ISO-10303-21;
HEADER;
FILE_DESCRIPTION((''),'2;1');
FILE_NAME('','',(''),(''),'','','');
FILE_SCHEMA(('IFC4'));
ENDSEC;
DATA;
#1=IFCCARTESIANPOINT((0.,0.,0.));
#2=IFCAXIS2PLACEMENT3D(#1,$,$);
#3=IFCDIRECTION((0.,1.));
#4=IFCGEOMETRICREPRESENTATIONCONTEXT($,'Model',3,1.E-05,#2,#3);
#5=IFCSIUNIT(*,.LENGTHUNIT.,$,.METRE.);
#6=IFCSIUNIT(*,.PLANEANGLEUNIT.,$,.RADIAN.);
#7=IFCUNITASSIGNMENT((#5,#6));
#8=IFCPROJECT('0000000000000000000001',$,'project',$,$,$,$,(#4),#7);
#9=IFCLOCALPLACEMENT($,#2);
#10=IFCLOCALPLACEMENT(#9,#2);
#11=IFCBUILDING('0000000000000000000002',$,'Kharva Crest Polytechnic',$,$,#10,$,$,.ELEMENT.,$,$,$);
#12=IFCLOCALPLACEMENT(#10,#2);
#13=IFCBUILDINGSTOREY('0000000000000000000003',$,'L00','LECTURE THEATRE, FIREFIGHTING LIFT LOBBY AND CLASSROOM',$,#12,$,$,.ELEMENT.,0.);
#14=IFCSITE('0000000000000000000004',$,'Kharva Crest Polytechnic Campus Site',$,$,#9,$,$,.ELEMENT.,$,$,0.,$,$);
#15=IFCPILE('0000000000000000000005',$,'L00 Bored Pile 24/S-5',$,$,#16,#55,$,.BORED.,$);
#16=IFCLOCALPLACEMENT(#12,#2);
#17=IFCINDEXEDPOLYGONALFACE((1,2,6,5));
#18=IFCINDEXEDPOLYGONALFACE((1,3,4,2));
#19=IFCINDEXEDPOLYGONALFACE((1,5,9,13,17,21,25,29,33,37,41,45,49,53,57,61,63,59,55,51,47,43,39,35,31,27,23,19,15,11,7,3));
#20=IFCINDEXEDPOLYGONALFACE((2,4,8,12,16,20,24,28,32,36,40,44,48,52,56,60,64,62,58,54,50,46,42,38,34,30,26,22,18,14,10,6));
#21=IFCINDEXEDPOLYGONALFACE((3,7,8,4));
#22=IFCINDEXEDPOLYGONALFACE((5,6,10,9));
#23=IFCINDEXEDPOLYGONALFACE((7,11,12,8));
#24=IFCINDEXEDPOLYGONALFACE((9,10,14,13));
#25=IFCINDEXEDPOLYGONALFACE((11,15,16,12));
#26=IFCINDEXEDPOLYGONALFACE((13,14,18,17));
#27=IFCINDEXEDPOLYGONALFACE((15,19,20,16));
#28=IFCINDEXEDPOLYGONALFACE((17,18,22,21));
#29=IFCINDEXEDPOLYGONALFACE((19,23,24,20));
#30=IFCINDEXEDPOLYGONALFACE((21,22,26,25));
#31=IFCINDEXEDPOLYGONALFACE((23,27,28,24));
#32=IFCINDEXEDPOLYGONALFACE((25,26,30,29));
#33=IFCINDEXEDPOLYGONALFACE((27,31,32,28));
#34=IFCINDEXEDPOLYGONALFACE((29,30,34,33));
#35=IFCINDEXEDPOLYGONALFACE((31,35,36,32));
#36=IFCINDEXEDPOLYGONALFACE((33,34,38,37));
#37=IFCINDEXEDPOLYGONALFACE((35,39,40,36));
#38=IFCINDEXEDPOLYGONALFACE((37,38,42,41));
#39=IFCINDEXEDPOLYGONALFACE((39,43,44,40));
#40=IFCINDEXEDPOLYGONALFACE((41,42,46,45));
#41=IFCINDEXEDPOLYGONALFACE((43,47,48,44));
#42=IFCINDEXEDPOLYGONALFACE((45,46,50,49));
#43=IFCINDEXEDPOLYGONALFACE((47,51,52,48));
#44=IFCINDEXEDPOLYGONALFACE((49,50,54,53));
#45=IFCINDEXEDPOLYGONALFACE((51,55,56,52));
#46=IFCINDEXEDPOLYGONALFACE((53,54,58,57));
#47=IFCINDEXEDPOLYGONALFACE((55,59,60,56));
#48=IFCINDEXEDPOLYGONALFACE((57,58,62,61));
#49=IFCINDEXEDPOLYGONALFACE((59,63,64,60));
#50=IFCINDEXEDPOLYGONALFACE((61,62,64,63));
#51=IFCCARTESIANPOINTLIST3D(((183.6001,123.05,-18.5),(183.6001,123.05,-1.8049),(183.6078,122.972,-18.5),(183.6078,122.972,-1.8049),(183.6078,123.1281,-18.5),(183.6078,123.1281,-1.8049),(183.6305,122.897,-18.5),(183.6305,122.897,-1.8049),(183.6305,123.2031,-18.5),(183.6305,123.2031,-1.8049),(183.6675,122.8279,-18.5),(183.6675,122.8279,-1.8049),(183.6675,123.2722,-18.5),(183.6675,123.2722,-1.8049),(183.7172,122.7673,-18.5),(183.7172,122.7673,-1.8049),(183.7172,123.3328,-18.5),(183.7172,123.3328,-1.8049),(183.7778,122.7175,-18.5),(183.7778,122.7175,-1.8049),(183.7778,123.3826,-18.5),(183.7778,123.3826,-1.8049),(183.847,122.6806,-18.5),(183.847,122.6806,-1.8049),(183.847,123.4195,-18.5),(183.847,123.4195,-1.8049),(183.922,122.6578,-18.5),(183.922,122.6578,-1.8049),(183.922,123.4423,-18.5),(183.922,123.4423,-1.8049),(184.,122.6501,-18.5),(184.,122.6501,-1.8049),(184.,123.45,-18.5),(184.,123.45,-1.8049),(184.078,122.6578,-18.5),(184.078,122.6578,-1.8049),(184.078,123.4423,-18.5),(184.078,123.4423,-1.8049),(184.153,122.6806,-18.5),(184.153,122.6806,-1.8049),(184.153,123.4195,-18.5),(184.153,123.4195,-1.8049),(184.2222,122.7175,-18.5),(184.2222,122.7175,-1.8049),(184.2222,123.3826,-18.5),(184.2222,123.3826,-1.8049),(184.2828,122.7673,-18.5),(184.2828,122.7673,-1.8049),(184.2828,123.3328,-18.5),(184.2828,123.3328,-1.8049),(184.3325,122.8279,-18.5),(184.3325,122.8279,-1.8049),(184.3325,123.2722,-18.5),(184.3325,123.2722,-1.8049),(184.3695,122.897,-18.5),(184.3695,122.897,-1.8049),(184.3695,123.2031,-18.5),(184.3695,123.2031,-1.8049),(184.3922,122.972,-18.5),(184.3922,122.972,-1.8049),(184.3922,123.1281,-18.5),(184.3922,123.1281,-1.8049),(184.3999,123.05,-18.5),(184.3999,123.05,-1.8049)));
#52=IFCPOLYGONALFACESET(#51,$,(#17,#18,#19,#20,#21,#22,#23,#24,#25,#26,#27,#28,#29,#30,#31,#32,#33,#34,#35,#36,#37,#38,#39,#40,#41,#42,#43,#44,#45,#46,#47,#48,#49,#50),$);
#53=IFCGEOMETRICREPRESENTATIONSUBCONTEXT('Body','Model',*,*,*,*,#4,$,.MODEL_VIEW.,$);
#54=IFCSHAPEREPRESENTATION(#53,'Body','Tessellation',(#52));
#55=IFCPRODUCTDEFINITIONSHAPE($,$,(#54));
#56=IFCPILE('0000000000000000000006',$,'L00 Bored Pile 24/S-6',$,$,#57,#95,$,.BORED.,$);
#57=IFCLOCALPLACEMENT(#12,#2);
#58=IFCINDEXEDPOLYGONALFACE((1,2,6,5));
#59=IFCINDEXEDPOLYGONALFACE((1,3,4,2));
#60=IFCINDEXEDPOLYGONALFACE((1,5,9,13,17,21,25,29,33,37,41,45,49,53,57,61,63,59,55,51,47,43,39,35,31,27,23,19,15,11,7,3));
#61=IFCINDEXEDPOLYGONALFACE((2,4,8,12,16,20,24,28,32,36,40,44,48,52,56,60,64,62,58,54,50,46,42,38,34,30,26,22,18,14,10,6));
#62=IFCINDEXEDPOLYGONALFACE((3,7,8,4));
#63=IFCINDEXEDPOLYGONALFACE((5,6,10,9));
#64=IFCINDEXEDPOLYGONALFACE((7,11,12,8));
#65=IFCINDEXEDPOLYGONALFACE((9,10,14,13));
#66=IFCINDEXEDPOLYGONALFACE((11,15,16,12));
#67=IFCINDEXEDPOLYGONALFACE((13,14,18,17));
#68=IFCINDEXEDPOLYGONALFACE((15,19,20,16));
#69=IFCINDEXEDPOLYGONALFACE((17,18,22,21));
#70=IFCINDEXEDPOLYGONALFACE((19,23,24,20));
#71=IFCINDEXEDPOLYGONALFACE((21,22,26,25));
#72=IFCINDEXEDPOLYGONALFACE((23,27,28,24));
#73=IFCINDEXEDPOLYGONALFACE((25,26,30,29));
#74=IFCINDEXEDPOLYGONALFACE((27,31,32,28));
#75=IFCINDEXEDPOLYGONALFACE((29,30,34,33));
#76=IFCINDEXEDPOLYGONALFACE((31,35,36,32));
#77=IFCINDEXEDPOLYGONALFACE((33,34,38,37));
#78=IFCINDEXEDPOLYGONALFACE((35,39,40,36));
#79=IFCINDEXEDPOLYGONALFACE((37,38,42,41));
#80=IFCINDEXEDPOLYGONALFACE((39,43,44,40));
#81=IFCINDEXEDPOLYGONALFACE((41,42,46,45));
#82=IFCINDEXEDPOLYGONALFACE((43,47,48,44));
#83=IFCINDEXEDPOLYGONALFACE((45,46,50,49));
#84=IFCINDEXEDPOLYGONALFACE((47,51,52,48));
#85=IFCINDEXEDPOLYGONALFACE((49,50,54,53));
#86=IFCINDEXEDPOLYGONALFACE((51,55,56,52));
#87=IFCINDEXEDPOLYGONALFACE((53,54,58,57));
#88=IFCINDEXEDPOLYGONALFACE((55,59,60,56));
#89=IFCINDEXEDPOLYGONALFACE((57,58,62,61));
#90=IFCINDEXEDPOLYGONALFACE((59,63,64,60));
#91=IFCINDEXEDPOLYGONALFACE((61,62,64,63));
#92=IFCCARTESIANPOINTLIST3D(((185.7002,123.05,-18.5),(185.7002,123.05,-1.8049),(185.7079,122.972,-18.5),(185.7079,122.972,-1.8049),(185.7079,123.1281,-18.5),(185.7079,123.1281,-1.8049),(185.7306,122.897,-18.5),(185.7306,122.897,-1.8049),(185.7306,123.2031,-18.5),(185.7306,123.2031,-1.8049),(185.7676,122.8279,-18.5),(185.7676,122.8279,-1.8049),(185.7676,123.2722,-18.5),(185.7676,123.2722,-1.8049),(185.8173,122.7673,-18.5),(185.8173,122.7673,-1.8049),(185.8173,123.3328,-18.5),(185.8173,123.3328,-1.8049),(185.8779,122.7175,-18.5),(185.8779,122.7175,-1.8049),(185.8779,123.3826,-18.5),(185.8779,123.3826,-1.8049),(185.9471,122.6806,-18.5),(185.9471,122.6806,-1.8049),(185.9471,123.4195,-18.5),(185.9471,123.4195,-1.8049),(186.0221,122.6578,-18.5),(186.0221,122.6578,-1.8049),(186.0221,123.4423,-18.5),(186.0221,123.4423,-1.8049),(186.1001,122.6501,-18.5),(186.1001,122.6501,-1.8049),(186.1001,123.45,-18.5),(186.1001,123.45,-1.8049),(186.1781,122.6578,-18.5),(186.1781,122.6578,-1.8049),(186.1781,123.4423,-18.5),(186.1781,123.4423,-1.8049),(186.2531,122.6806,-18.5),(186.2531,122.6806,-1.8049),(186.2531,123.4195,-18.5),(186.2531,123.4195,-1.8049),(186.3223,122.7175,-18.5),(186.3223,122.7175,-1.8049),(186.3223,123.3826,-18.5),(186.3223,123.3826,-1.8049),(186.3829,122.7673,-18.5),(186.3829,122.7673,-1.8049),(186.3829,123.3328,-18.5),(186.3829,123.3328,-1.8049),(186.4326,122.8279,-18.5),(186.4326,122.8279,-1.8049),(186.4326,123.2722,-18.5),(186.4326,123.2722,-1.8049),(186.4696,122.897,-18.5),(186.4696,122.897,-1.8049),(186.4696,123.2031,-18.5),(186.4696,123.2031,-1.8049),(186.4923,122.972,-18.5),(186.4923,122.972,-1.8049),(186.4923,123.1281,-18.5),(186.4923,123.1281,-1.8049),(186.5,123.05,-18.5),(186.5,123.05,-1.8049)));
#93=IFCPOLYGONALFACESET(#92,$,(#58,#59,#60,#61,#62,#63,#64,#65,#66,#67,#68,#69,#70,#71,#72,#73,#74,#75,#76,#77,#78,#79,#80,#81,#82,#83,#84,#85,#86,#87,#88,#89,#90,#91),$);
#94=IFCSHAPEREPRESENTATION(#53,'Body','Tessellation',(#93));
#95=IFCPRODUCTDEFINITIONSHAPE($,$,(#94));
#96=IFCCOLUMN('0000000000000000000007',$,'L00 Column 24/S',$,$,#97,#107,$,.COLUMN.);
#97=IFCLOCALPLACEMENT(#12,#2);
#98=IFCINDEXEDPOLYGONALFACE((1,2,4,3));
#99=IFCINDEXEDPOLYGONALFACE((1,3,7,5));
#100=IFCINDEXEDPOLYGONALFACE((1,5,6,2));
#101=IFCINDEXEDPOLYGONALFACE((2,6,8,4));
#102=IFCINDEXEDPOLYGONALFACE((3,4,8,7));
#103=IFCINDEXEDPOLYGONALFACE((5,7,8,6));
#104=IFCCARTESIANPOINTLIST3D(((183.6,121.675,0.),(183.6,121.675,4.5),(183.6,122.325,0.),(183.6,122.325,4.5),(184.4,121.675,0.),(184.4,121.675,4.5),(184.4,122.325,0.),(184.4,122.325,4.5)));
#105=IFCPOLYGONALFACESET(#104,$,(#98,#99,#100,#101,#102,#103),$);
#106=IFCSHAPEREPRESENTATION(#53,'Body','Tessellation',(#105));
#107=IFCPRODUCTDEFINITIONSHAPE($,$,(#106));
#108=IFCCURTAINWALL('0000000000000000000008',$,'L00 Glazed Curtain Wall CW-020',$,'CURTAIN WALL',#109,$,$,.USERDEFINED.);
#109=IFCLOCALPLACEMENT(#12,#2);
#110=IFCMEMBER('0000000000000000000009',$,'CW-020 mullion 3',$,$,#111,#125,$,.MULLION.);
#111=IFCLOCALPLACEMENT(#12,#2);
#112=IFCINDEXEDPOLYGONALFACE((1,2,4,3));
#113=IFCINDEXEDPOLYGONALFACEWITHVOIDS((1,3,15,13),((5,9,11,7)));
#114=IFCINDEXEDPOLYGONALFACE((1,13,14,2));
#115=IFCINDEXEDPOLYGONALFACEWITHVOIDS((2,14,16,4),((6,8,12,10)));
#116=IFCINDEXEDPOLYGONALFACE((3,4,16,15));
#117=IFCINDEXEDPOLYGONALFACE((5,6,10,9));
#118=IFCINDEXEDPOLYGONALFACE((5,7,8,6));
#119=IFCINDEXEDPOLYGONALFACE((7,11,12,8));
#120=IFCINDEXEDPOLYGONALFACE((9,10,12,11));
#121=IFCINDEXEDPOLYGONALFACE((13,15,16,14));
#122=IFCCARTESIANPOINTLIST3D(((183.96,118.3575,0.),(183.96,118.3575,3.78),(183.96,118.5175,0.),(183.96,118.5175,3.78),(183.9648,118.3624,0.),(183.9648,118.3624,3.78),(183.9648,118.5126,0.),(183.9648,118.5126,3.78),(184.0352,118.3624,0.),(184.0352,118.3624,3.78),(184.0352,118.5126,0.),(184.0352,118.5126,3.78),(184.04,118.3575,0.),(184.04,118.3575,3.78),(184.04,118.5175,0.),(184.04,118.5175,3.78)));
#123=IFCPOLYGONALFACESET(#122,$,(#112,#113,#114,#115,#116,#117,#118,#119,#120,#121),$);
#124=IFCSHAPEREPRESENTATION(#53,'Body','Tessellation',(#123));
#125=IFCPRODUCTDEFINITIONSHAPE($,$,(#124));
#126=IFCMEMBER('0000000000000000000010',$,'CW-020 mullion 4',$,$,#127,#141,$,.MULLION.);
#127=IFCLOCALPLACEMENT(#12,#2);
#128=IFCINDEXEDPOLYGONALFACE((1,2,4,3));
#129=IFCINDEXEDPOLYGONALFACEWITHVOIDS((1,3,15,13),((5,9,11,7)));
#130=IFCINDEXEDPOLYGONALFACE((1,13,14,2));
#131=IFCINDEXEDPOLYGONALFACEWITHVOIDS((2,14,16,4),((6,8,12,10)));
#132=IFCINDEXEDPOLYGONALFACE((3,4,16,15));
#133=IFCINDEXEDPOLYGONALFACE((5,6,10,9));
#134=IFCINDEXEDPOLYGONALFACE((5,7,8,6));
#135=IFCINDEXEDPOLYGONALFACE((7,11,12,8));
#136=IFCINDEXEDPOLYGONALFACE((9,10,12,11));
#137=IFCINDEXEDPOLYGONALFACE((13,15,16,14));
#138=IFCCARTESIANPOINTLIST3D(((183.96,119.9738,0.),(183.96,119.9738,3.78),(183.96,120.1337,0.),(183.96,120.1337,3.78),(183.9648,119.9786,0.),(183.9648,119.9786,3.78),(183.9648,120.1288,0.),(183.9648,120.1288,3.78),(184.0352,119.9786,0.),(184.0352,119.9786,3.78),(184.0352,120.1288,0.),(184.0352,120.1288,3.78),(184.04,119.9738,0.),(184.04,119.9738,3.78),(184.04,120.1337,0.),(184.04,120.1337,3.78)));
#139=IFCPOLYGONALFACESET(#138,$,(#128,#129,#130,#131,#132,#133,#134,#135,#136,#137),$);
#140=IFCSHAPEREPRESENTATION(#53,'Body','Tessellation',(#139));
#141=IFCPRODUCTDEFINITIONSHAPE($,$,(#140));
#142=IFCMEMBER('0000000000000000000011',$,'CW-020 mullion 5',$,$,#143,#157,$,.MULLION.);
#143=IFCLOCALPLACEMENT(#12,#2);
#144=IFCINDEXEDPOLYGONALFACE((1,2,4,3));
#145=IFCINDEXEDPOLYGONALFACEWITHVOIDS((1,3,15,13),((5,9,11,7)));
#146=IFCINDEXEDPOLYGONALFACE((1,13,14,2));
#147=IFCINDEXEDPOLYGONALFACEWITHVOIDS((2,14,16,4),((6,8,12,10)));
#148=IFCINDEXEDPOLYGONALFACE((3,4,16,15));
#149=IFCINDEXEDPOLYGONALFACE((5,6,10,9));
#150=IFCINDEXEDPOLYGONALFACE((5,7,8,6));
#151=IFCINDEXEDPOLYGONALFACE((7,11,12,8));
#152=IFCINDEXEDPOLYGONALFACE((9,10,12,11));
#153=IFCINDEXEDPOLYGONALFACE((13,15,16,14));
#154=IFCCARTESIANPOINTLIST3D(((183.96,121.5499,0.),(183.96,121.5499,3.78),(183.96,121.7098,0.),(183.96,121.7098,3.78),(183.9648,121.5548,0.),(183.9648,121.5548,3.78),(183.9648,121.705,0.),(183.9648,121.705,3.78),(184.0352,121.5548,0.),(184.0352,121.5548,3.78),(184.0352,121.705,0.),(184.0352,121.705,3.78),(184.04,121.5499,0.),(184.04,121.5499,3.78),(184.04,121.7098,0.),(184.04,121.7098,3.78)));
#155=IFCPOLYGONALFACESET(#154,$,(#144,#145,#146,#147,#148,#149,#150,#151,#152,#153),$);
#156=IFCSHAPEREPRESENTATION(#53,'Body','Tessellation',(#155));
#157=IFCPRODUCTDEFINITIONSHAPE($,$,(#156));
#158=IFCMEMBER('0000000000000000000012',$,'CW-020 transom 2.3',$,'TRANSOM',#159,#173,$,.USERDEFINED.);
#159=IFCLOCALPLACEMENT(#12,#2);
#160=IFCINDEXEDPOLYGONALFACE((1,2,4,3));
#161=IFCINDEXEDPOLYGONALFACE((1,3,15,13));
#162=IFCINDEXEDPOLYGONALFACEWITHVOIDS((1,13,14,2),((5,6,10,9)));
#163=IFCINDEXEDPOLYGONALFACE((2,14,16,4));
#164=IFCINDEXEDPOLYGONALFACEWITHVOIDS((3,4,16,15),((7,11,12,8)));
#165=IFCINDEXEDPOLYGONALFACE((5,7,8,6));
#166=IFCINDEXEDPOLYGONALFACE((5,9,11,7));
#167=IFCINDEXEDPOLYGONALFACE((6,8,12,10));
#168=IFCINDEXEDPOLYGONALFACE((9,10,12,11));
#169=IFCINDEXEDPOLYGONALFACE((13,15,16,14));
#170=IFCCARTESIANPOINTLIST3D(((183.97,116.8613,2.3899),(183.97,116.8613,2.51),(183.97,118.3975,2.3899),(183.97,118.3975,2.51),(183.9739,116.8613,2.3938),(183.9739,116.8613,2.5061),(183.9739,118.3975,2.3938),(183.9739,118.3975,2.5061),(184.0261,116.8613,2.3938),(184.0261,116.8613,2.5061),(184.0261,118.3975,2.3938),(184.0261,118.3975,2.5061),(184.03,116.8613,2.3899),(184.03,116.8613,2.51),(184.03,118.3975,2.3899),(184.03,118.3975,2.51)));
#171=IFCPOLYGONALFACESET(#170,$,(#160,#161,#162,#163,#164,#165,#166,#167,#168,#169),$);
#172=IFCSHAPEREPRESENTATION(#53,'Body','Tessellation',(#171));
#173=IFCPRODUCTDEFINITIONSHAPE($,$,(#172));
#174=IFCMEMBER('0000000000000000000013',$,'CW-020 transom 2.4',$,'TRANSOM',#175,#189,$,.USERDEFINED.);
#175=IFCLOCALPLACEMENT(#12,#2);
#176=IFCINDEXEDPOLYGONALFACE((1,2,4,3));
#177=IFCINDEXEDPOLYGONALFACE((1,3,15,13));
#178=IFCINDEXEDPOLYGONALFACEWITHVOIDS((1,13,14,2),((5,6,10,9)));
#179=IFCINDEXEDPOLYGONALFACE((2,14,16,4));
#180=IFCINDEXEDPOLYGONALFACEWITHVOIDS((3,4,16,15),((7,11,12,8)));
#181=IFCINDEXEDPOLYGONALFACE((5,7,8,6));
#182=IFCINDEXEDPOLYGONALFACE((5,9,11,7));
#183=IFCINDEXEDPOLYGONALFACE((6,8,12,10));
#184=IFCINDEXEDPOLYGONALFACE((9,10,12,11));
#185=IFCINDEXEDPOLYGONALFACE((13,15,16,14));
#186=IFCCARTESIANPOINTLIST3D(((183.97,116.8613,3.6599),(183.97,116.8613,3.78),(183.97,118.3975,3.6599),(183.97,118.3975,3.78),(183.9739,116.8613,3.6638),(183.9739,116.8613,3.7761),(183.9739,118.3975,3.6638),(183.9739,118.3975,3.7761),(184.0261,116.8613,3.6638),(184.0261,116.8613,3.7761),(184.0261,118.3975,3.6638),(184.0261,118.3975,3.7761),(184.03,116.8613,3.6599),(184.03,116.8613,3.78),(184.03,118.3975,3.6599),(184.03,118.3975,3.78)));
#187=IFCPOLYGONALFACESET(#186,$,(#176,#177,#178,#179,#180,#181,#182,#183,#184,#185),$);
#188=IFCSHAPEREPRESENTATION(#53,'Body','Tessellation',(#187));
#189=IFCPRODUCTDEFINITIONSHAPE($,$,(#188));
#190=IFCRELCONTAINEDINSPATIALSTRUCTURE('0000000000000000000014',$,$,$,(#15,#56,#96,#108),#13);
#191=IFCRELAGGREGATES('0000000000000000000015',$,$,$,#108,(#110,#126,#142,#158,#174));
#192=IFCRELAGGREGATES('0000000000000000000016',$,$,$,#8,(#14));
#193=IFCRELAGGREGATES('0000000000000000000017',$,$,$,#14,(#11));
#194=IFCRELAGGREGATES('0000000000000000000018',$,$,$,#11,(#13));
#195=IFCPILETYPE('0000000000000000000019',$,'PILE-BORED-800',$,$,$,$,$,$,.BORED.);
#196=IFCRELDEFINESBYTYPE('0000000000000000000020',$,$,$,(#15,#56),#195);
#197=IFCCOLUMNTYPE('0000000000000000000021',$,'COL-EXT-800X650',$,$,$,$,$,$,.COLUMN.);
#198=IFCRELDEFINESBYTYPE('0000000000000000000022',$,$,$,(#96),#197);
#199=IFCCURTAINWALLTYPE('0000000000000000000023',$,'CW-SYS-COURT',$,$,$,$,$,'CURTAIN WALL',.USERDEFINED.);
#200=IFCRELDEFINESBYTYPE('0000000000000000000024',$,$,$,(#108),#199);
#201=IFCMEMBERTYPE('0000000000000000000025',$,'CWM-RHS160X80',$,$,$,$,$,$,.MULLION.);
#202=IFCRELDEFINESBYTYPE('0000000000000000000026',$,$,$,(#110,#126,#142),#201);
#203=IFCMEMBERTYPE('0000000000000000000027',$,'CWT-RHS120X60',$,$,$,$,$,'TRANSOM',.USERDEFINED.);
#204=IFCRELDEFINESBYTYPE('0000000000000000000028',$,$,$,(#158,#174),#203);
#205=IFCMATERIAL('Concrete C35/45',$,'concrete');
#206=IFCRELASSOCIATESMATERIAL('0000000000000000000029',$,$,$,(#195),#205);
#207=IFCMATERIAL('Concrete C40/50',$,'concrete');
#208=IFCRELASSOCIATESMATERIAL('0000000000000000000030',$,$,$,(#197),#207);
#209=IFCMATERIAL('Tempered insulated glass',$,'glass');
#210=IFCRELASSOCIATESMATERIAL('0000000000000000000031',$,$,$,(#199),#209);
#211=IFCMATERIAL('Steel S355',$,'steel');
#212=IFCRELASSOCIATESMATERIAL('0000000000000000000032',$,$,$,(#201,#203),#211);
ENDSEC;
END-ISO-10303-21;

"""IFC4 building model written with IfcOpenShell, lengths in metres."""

from ifc_helpers import new_model, si_unit, direction, frame, origin, origin_2d, place, context, subcontext, project, spatial, rectangle, hollow_rectangle, circle, extrude, material, material_profile, profile_set, type_object, element, aggregate, save


model = new_model("IFC4")

# Units and contexts
model_context = context("Model", 3, precision=1e-05, world=origin(), true_north=direction((0.0, 1.0)))
body_context = subcontext(model_context, "Body", "Model", "MODEL_VIEW")
ifc_project = project(units=[si_unit("LENGTHUNIT", "METRE"), si_unit("PLANEANGLEUNIT", "RADIAN")], contexts=[model_context])

# Site, building, storey
site_placement = place(None, origin())
site = spatial("IfcSite", under=ifc_project, at=site_placement, Name="Kharva Crest Polytechnic Campus Site", CompositionType="ELEMENT", RefElevation=0.0)
building_placement = place(site_placement, origin())
building = spatial("IfcBuilding", under=site, at=building_placement, Name="Kharva Crest Polytechnic", CompositionType="ELEMENT")
storey_placement = place(building_placement, origin())
storey = spatial("IfcBuildingStorey", under=building, at=storey_placement, Name="L00", Description="LECTURE THEATRE, FIREFIGHTING LIFT LOBBY AND CLASSROOM", CompositionType="ELEMENT", Elevation=0.0)

# Shared definitions
ifc_material_1 = material(Name="Concrete C35/45", Category="concrete")

# Piles
ifc_material_profile_1 = material_profile(ifc_material_1, circle(Radius=0.3999, at=origin_2d()), Name="DIA 800")
ifc_profile_set_1 = profile_set([ifc_material_profile_1], Name="Concrete C35/45")
pile_type = type_object("IfcPileType", Name="PILE-BORED-800", PredefinedType="BORED", material=ifc_profile_set_1)
for number, where, z_axis, x_axis, name in (
    (1, (184.0, 123.05, -1.8049), (0.0, 0.0, -1.0), (1.0, 0.0, 0.0), "L00 Bored Pile 24/S-5"),
    (2, (186.1001, 123.05, -1.8049), (0.0, 0.0, -1.0), (1.0, 0.0, 0.0), "L00 Bored Pile 24/S-6"),
):
    element("IfcPile", number, at=place(storey_placement, frame(where, z_axis=z_axis, x_axis=x_axis)), inside=storey, type_object=pile_type, Name=name, PredefinedType="BORED", context=body_context, shape_type="SweptSolid", body=[
        extrude(circle(Radius=0.3999, at=origin_2d()), origin(), (0.0, 0.0, 1.0), 16.6951),
    ])

# Column
ifc_material_2 = material(Name="Concrete C40/50", Category="concrete")
ifc_material_profile_2 = material_profile(ifc_material_2, rectangle(XDim=0.8, YDim=0.6499, at=origin_2d()), Name="RECT 800 X 650")
ifc_profile_set_2 = profile_set([ifc_material_profile_2], Name="Concrete C40/50")
column_type = type_object("IfcColumnType", Name="COL-EXT-800X650", PredefinedType="COLUMN", material=ifc_profile_set_2)
column_placement = place(storey_placement, frame((184.0, 122.0, 0.0), z_axis=(0.0, 0.0, 1.0), x_axis=(1.0, 0.0, 0.0)))
element("IfcColumn", 3, at=column_placement, inside=storey, type_object=column_type, Name="L00 Column 24/S", PredefinedType="COLUMN", context=body_context, shape_type="SweptSolid", body=[
    extrude(rectangle(XDim=0.8, YDim=0.6499, at=origin_2d()), origin(), (0.0, 0.0, 1.0), 4.5),
])

# Curtain wall, members
ifc_material_3 = material(Name="Tempered insulated glass", Category="glass")
curtain_wall_type = type_object("IfcCurtainWallType", Name="CW-SYS-COURT", ElementType="CURTAIN WALL", PredefinedType="USERDEFINED", material=ifc_material_3)
curtain_wall_placement = place(storey_placement, origin())
curtain_wall = element("IfcCurtainWall", 4, at=curtain_wall_placement, inside=storey, type_object=curtain_wall_type, Name="L00 Glazed Curtain Wall CW-020", ObjectType="CURTAIN WALL", PredefinedType="USERDEFINED")
ifc_material_4 = material(Name="Steel S355", Category="steel")
ifc_material_profile_3 = material_profile(ifc_material_4, hollow_rectangle(XDim=0.0801, YDim=0.1599, WallThickness=0.0049, at=origin_2d()), Name="RHS 160X80X5.0")
ifc_profile_set_3 = profile_set([ifc_material_profile_3], Name="Steel S355")
member_type_1 = type_object("IfcMemberType", Name="CWM-RHS160X80", PredefinedType="MULLION", material=ifc_profile_set_3)
member_1_placement = place(storey_placement, frame((184.0, 118.4375, 0.0), z_axis=(0.0, 0.0, 1.0), x_axis=(-1.0, 0.0, 0.0)))
member_1 = element("IfcMember", 5, at=member_1_placement, type_object=member_type_1, Name="CW-020 mullion 3", PredefinedType="MULLION", context=body_context, shape_type="SweptSolid", body=[
    extrude(hollow_rectangle(XDim=0.0801, YDim=0.1599, WallThickness=0.0049, at=origin_2d()), origin(), (0.0, 0.0, 1.0), 3.78),
])
member_2_placement = place(storey_placement, frame((184.0, 120.0537, 0.0), z_axis=(0.0, 0.0, 1.0), x_axis=(-1.0, 0.0, 0.0)))
member_2 = element("IfcMember", 6, at=member_2_placement, type_object=member_type_1, Name="CW-020 mullion 4", PredefinedType="MULLION", context=body_context, shape_type="SweptSolid", body=[
    extrude(hollow_rectangle(XDim=0.0801, YDim=0.1599, WallThickness=0.0049, at=origin_2d()), origin(), (0.0, 0.0, 1.0), 3.78),
])
member_3_placement = place(storey_placement, frame((184.0, 121.6299, 0.0), z_axis=(0.0, 0.0, 1.0), x_axis=(-1.0, 0.0, 0.0)))
member_3 = element("IfcMember", 7, at=member_3_placement, type_object=member_type_1, Name="CW-020 mullion 5", PredefinedType="MULLION", context=body_context, shape_type="SweptSolid", body=[
    extrude(hollow_rectangle(XDim=0.0801, YDim=0.1599, WallThickness=0.0049, at=origin_2d()), origin(), (0.0, 0.0, 1.0), 3.78),
])
ifc_material_profile_4 = material_profile(ifc_material_4, hollow_rectangle(XDim=0.0601, YDim=0.1201, WallThickness=0.0039, at=origin_2d()), Name="RHS 120X60X4.0")
ifc_profile_set_4 = profile_set([ifc_material_profile_4], Name="Steel S355")
member_type_2 = type_object("IfcMemberType", Name="CWT-RHS120X60", ElementType="TRANSOM", PredefinedType="USERDEFINED", material=ifc_profile_set_4)
member_4_placement = place(storey_placement, frame((184.0, 116.8613, 2.45), z_axis=(0.0, 1.0, 0.0), x_axis=(-1.0, 0.0, 0.0)))
member_4 = element("IfcMember", 8, at=member_4_placement, type_object=member_type_2, Name="CW-020 transom 2.3", ObjectType="TRANSOM", PredefinedType="USERDEFINED", context=body_context, shape_type="SweptSolid", body=[
    extrude(hollow_rectangle(XDim=0.0601, YDim=0.1201, WallThickness=0.0039, at=origin_2d()), origin(), (0.0, 0.0, 1.0), 1.5361),
])
member_5_placement = place(storey_placement, frame((184.0, 116.8613, 3.72), z_axis=(0.0, 1.0, 0.0), x_axis=(-1.0, 0.0, 0.0)))
member_5 = element("IfcMember", 9, at=member_5_placement, type_object=member_type_2, Name="CW-020 transom 2.4", ObjectType="TRANSOM", PredefinedType="USERDEFINED", context=body_context, shape_type="SweptSolid", body=[
    extrude(hollow_rectangle(XDim=0.0601, YDim=0.1201, WallThickness=0.0039, at=origin_2d()), origin(), (0.0, 0.0, 1.0), 1.5361),
])
aggregate(curtain_wall, [member_1, member_2, member_3, member_4, member_5])

save(model, "model.ifc")
